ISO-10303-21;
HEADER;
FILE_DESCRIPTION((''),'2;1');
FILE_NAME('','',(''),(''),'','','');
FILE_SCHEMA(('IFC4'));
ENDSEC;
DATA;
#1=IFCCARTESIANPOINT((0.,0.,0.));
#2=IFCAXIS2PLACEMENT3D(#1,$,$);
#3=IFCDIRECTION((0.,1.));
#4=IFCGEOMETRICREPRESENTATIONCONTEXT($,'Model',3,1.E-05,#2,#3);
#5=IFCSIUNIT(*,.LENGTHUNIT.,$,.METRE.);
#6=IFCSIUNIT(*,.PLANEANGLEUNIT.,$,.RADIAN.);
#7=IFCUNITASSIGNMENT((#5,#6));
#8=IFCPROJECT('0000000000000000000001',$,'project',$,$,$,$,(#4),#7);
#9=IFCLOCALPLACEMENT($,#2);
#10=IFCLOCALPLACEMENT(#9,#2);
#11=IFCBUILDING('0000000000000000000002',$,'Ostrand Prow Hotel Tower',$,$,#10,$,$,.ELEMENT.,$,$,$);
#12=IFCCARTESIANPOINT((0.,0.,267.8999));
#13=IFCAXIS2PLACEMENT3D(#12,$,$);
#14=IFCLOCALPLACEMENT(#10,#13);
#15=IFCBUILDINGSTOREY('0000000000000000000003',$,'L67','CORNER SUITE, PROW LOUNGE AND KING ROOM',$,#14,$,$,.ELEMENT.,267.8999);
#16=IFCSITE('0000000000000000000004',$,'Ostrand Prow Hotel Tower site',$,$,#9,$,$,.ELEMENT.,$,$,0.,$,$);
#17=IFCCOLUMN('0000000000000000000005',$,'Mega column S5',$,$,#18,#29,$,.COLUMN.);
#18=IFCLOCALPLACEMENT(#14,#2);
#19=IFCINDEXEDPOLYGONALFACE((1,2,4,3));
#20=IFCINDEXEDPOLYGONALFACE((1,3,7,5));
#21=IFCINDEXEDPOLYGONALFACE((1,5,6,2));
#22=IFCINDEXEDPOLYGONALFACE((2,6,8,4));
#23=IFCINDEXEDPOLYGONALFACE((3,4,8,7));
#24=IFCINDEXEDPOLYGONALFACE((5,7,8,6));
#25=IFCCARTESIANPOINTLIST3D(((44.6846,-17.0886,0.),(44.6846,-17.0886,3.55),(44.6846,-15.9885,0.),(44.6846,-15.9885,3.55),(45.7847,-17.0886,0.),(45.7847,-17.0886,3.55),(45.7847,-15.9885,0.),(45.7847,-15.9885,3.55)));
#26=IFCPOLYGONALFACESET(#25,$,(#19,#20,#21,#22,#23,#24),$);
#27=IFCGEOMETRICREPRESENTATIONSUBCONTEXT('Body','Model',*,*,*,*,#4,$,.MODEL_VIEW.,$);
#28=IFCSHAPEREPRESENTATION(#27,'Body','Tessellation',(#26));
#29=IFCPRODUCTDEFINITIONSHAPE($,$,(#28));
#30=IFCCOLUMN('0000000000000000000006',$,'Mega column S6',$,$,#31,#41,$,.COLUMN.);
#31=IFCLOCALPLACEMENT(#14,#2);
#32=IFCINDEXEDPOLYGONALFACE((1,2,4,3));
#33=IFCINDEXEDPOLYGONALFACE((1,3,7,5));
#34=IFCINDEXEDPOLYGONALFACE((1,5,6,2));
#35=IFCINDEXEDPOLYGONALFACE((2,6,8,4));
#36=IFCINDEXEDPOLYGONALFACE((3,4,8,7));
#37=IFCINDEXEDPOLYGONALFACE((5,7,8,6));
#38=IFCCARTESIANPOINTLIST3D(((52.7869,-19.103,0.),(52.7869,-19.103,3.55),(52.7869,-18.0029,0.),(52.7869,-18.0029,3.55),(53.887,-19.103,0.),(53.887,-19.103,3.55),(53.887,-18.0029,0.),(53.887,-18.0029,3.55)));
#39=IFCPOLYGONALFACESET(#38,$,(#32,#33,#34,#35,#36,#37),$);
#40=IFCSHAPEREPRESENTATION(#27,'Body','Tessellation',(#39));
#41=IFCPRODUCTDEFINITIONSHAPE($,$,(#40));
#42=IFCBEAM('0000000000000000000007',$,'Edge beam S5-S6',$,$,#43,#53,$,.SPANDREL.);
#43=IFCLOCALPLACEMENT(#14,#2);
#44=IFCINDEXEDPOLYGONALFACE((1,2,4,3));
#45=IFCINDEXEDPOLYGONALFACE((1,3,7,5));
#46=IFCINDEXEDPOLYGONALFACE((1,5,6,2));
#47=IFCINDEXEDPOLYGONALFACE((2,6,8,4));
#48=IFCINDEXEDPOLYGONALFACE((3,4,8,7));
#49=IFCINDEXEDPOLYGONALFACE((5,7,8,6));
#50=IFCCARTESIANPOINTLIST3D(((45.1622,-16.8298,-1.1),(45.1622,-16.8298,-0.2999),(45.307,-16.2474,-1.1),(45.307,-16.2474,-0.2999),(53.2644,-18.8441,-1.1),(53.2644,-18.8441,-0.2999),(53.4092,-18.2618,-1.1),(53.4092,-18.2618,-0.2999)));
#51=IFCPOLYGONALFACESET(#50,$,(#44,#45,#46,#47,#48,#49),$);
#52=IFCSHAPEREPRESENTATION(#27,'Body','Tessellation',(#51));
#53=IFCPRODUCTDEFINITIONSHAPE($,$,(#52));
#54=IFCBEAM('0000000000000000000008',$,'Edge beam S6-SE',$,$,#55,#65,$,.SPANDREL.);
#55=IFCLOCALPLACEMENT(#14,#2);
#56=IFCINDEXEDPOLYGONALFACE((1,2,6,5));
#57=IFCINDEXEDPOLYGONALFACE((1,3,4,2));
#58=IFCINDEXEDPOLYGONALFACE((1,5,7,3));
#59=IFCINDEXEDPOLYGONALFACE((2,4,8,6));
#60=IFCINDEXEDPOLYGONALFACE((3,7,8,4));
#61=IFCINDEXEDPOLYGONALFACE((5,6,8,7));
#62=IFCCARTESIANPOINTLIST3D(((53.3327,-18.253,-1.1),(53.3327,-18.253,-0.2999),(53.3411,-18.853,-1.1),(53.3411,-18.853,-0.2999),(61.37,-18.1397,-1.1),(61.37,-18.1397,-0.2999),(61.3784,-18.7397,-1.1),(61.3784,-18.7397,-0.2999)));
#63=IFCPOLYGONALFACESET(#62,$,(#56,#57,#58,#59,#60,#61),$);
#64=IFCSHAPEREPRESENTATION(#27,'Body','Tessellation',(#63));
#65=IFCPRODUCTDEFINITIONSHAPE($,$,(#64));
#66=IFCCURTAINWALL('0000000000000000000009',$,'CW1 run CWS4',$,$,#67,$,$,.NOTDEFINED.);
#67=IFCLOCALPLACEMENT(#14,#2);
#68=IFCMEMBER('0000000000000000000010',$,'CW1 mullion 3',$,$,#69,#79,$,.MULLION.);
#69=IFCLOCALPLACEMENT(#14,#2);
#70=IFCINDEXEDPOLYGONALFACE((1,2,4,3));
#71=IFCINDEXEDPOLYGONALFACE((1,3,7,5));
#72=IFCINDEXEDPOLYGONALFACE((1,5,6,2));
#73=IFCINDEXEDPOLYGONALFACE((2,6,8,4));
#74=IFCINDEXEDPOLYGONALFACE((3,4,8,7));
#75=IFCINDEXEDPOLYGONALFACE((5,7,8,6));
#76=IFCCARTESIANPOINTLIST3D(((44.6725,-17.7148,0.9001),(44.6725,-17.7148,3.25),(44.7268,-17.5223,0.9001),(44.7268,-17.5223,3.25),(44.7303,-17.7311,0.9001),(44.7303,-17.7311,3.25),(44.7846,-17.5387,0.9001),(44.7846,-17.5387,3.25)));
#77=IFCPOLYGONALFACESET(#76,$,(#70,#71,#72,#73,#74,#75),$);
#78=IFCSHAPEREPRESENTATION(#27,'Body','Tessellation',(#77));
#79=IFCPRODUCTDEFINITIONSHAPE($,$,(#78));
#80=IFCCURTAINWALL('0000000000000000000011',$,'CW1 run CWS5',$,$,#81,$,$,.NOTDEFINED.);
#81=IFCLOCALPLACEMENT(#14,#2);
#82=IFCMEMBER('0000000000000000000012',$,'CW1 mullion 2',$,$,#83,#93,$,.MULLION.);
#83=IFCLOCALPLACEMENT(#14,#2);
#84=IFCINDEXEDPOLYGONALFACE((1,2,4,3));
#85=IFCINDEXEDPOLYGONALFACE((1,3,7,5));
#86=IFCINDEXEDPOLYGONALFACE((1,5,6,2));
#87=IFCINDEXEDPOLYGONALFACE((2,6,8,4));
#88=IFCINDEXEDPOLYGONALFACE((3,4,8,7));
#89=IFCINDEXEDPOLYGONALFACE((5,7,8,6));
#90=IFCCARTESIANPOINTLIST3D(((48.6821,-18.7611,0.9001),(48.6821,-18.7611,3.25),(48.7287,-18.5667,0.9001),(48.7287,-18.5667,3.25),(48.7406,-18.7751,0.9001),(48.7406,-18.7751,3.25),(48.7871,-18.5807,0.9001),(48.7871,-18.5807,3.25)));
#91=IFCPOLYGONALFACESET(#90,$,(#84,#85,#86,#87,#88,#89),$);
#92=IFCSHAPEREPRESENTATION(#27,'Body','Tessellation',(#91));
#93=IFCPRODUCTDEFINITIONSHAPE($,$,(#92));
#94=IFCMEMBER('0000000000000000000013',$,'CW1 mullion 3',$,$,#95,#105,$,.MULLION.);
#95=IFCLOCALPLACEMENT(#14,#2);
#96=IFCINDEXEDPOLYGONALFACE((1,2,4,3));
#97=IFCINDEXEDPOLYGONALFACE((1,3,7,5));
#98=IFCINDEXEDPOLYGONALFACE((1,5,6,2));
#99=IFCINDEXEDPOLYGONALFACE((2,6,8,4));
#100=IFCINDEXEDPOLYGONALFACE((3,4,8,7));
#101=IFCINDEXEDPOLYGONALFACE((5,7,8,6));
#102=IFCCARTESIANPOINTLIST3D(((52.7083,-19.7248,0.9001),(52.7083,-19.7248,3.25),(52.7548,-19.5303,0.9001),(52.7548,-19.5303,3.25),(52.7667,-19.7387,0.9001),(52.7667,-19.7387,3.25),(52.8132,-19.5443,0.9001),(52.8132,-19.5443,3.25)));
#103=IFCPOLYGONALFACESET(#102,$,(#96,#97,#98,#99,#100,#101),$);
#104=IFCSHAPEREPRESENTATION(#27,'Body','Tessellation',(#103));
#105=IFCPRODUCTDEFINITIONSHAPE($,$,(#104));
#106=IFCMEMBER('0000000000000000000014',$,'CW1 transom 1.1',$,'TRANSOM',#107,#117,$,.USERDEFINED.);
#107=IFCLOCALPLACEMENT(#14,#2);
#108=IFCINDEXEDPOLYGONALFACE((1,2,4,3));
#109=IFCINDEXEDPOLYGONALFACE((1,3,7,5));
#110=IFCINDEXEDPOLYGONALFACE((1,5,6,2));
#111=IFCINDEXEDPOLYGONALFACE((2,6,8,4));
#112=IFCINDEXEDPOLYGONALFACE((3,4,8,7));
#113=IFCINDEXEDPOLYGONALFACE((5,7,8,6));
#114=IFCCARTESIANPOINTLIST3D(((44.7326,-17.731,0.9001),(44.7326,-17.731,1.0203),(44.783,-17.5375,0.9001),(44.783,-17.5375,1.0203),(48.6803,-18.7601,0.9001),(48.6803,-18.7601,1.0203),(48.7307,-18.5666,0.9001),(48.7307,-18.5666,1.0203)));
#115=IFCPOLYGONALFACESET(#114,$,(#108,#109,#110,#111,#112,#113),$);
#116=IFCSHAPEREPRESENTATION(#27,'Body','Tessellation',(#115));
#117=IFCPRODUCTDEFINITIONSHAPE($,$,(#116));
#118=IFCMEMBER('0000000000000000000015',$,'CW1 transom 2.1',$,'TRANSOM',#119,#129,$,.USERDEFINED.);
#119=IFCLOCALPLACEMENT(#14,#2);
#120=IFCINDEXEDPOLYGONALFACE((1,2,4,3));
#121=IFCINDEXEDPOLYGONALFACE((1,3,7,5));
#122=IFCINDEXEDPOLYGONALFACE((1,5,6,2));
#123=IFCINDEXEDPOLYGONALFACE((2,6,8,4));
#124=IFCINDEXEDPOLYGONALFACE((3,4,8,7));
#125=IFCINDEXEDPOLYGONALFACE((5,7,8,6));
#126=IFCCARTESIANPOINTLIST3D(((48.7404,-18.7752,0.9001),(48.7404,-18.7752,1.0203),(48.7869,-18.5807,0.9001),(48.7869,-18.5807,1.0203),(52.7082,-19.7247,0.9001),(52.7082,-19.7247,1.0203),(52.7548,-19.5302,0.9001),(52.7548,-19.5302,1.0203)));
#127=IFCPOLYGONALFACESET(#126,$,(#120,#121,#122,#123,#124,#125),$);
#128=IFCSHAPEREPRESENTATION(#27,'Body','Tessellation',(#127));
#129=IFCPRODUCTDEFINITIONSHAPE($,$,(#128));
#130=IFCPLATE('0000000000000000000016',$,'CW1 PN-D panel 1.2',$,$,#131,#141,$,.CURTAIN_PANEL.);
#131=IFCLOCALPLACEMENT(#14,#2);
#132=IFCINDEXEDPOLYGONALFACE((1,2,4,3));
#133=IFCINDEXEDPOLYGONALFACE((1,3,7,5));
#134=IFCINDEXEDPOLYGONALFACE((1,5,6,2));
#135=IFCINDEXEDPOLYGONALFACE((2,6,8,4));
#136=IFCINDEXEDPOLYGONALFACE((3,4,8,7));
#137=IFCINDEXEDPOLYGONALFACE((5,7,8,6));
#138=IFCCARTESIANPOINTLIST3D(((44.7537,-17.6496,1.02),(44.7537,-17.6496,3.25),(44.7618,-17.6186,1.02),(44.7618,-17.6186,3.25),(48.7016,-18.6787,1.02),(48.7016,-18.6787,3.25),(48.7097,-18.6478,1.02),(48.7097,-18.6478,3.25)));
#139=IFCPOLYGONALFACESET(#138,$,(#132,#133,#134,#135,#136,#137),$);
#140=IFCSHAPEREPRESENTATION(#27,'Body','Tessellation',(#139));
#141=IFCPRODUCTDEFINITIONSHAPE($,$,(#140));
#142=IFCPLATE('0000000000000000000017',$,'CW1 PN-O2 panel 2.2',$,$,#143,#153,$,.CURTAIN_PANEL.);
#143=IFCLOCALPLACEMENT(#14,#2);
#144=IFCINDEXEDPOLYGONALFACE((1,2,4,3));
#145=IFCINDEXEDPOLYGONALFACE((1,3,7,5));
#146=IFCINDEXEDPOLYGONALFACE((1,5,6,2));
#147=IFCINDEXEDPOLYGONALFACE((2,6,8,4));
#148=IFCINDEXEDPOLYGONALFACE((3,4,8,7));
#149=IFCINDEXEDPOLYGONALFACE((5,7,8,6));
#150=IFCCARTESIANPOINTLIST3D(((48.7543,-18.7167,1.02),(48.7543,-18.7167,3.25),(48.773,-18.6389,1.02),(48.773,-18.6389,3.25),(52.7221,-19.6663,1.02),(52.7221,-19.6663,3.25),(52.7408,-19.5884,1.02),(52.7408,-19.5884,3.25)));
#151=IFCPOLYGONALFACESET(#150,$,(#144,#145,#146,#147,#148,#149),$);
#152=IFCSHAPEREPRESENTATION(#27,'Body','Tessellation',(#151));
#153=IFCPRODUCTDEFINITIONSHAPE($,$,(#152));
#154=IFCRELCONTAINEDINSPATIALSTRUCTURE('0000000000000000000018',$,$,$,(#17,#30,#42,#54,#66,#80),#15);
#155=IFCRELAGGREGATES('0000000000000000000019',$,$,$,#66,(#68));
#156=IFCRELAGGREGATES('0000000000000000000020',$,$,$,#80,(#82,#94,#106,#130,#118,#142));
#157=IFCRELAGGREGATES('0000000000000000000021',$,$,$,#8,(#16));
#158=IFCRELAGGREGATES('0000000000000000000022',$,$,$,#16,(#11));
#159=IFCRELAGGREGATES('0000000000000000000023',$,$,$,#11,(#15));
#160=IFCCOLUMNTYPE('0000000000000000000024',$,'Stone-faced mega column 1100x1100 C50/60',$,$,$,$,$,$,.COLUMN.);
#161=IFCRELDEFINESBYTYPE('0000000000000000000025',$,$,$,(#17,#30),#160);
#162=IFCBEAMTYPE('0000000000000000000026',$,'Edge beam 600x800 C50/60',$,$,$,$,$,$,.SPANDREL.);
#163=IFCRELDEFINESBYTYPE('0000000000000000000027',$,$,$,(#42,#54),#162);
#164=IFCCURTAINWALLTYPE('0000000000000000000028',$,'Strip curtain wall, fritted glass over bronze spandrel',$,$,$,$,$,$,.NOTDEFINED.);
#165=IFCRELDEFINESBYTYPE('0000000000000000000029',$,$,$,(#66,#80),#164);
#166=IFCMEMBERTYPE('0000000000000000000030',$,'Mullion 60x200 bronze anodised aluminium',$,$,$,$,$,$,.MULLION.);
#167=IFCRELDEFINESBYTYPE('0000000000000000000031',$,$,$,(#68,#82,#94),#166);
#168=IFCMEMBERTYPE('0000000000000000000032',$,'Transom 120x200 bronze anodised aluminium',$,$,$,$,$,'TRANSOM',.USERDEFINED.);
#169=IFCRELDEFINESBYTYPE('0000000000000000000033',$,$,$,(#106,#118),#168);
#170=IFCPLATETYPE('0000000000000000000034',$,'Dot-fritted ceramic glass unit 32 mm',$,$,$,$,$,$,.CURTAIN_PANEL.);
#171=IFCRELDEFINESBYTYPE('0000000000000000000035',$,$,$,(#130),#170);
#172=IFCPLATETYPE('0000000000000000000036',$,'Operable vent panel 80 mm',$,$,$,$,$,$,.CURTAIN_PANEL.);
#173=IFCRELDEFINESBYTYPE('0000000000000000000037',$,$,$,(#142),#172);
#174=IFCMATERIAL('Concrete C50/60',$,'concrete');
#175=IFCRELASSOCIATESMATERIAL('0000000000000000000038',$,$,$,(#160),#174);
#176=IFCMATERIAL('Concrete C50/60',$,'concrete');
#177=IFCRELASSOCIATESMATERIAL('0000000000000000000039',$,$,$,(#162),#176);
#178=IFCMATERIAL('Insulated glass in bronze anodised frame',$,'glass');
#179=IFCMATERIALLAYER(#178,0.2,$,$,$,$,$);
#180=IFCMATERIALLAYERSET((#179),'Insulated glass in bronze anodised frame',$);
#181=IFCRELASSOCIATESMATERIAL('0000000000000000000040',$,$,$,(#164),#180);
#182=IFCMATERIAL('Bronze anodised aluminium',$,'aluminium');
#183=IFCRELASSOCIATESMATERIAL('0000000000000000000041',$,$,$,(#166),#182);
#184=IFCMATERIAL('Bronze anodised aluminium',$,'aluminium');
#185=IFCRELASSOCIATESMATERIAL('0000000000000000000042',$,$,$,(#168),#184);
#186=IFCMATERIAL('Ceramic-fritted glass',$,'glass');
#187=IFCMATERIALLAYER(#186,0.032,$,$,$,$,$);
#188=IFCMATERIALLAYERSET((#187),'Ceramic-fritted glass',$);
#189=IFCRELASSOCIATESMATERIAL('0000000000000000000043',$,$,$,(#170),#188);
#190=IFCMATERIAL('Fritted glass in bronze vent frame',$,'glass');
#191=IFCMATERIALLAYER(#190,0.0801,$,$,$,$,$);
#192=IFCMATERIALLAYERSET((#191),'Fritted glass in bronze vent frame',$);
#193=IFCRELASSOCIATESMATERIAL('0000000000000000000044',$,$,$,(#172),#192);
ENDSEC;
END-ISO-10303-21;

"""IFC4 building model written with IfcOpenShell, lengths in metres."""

from ifc_helpers import new_model, si_unit, direction, frame, origin, origin_2d, place, context, subcontext, project, spatial, rectangle, extrude, material, layer, layer_set, material_profile, profile_set, type_object, element, aggregate, save


model = new_model("IFC4")

# Units and contexts
model_context = context("Model", 3, precision=1e-05, world=origin(), true_north=direction((0.0, 1.0)))
body_context = subcontext(model_context, "Body", "Model", "MODEL_VIEW")
ifc_project = project(units=[si_unit("LENGTHUNIT", "METRE"), si_unit("PLANEANGLEUNIT", "RADIAN")], contexts=[model_context])

# Site, building, storey
site_placement = place(None, origin())
site = spatial("IfcSite", under=ifc_project, at=site_placement, Name="Ostrand Prow Hotel Tower site", CompositionType="ELEMENT", RefElevation=0.0)
building_placement = place(site_placement, origin())
building = spatial("IfcBuilding", under=site, at=building_placement, Name="Ostrand Prow Hotel Tower", CompositionType="ELEMENT")
storey_placement = place(building_placement, frame((0.0, 0.0, 267.8999)))
storey = spatial("IfcBuildingStorey", under=building, at=storey_placement, Name="L67", Description="CORNER SUITE, PROW LOUNGE AND KING ROOM", CompositionType="ELEMENT", Elevation=267.8999)

# Columns
ifc_material_1 = material(Name="Concrete C50/60", Category="concrete")
ifc_material_profile_1 = material_profile(ifc_material_1, rectangle(XDim=1.1001, YDim=1.1001, at=origin_2d()), Name="RC 1100x1100")
ifc_profile_set_1 = profile_set([ifc_material_profile_1], Name="Concrete C50/60")
column_type = type_object("IfcColumnType", Name="Stone-faced mega column 1100x1100 C50/60", PredefinedType="COLUMN", material=ifc_profile_set_1)
for number, where, z_axis, x_axis, name in (
    (1, (45.2346, -16.5386, 0.0), (0.0, 0.0, 1.0), (1.0, 0.0, 0.0), "Mega column S5"),
    (2, (53.3369, -18.553, 0.0), (0.0, 0.0, 1.0), (1.0, 0.0, 0.0), "Mega column S6"),
):
    element("IfcColumn", number, at=place(storey_placement, frame(where, z_axis=z_axis, x_axis=x_axis)), inside=storey, type_object=column_type, Name=name, PredefinedType="COLUMN", context=body_context, shape_type="SweptSolid", body=[
        extrude(rectangle(XDim=1.1001, YDim=1.1001, at=origin_2d()), origin(), (0.0, 0.0, 1.0), 3.55),
    ])

# Beams
ifc_material_2 = material(Name="Concrete C50/60", Category="concrete")
ifc_material_profile_2 = material_profile(ifc_material_2, rectangle(XDim=0.6001, YDim=0.8, at=origin_2d()), Name="RC 600x800")
ifc_profile_set_2 = profile_set([ifc_material_profile_2], Name="Concrete C50/60")
beam_type = type_object("IfcBeamType", Name="Edge beam 600x800 C50/60", PredefinedType="SPANDREL", material=ifc_profile_set_2)
beam_1_placement = place(storey_placement, frame((45.2346, -16.5386, -0.7), z_axis=(0.970456, -0.241276, 0.0), x_axis=(0.241276, 0.970456, 0.0)))
element("IfcBeam", 3, at=beam_1_placement, inside=storey, type_object=beam_type, Name="Edge beam S5-S6", PredefinedType="SPANDREL", context=body_context, shape_type="SweptSolid", body=[
    extrude(rectangle(XDim=0.6001, YDim=0.8, at=origin_2d()), origin(), (0.0, 0.0, 1.0), 8.3489),
])
beam_2_placement = place(storey_placement, frame((53.3369, -18.553, -0.7), z_axis=(0.999901, 0.014093, 0.0), x_axis=(-0.014093, 0.999901, 0.0)))
element("IfcBeam", 4, at=beam_2_placement, inside=storey, type_object=beam_type, Name="Edge beam S6-SE", PredefinedType="SPANDREL", context=body_context, shape_type="SweptSolid", body=[
    extrude(rectangle(XDim=0.6001, YDim=0.8, at=origin_2d()), origin(), (0.0, 0.0, 1.0), 8.0381),
])

# Curtain wall, member
ifc_material_3 = material(Name="Insulated glass in bronze anodised frame", Category="glass")
ifc_layer_1 = layer(ifc_material_3, 0.2)
ifc_layer_set_1 = layer_set([ifc_layer_1], Name="Insulated glass in bronze anodised frame")
curtain_wall_type = type_object("IfcCurtainWallType", Name="Strip curtain wall, fritted glass over bronze spandrel", PredefinedType="NOTDEFINED", material=ifc_layer_set_1)
curtain_wall_1_placement = place(storey_placement, origin())
curtain_wall_1 = element("IfcCurtainWall", 5, at=curtain_wall_1_placement, inside=storey, type_object=curtain_wall_type, Name="CW1 run CWS4", PredefinedType="NOTDEFINED")
ifc_material_4 = material(Name="Bronze anodised aluminium", Category="aluminium")
ifc_material_profile_3 = material_profile(ifc_material_4, rectangle(XDim=0.2, YDim=0.0601, at=origin_2d()), Name="Mullion 60x200 bronze anodised aluminium")
ifc_profile_set_3 = profile_set([ifc_material_profile_3], Name="Bronze anodised aluminium")
member_type_1 = type_object("IfcMemberType", Name="Mullion 60x200 bronze anodised aluminium", PredefinedType="MULLION", material=ifc_profile_set_3)
member_1_placement = place(storey_placement, frame((44.7285, -17.6267, 0.9001), z_axis=(0.0, 0.0, 1.0), x_axis=(0.271649, 0.962396, 0.0)))
member_1 = element("IfcMember", 6, at=member_1_placement, type_object=member_type_1, Name="CW1 mullion 3", PredefinedType="MULLION", context=body_context, shape_type="SweptSolid", body=[
    extrude(rectangle(XDim=0.2, YDim=0.0601, at=origin_2d()), origin(), (0.0, 0.0, 1.0), 2.3499),
])
aggregate(curtain_wall_1, [member_1])

# Curtain wall, members, plates
curtain_wall_2_placement = place(storey_placement, origin())
curtain_wall_2 = element("IfcCurtainWall", 7, at=curtain_wall_2_placement, inside=storey, type_object=curtain_wall_type, Name="CW1 run CWS5", PredefinedType="NOTDEFINED")
member_2_placement = place(storey_placement, frame((48.7346, -18.6709, 0.9001), z_axis=(0.0, 0.0, 1.0), x_axis=(0.232746, 0.972538, 0.0)))
member_2 = element("IfcMember", 8, at=member_2_placement, type_object=member_type_1, Name="CW1 mullion 2", PredefinedType="MULLION", context=body_context, shape_type="SweptSolid", body=[
    extrude(rectangle(XDim=0.2, YDim=0.0601, at=origin_2d()), origin(), (0.0, 0.0, 1.0), 2.3499),
])
member_3_placement = place(storey_placement, frame((52.7607, -19.6345, 0.9001), z_axis=(0.0, 0.0, 1.0), x_axis=(0.232746, 0.972538, 0.0)))
member_3 = element("IfcMember", 9, at=member_3_placement, type_object=member_type_1, Name="CW1 mullion 3", PredefinedType="MULLION", context=body_context, shape_type="SweptSolid", body=[
    extrude(rectangle(XDim=0.2, YDim=0.0601, at=origin_2d()), origin(), (0.0, 0.0, 1.0), 2.3499),
])
ifc_material_5 = material(Name="Bronze anodised aluminium", Category="aluminium")
ifc_material_profile_4 = material_profile(ifc_material_5, rectangle(XDim=0.2, YDim=0.1201, at=origin_2d()), Name="Transom 120x200 bronze anodised aluminium")
ifc_profile_set_4 = profile_set([ifc_material_profile_4], Name="Bronze anodised aluminium")
member_type_2 = type_object("IfcMemberType", Name="Transom 120x200 bronze anodised aluminium", ElementType="TRANSOM", PredefinedType="USERDEFINED", material=ifc_profile_set_4)
member_4_placement = place(storey_placement, frame((44.7578, -17.6343, 0.9602), z_axis=(0.967665, -0.252239, 0.0), x_axis=(0.252239, 0.967665, 0.0)))
member_4 = element("IfcMember", 10, at=member_4_placement, type_object=member_type_2, Name="CW1 transom 1.1", ObjectType="TRANSOM", PredefinedType="USERDEFINED", context=body_context, shape_type="SweptSolid", body=[
    extrude(rectangle(XDim=0.2, YDim=0.1201, at=origin_2d()), origin(), (0.0, 0.0, 1.0), 4.0796),
])
member_5_placement = place(storey_placement, frame((48.7637, -18.678, 0.9602), z_axis=(0.972543, -0.232723, 0.0), x_axis=(0.232723, 0.972543, 0.0)))
member_5 = element("IfcMember", 11, at=member_5_placement, type_object=member_type_2, Name="CW1 transom 2.1", ObjectType="TRANSOM", PredefinedType="USERDEFINED", context=body_context, shape_type="SweptSolid", body=[
    extrude(rectangle(XDim=0.2, YDim=0.1201, at=origin_2d()), origin(), (0.0, 0.0, 1.0), 4.0798),
])
ifc_material_6 = material(Name="Ceramic-fritted glass", Category="glass")
ifc_layer_2 = layer(ifc_material_6, 0.032)
ifc_layer_set_2 = layer_set([ifc_layer_2], Name="Ceramic-fritted glass")
plate_type_1 = type_object("IfcPlateType", Name="Dot-fritted ceramic glass unit 32 mm", PredefinedType="CURTAIN_PANEL", material=ifc_layer_set_2)
plate_1_placement = place(storey_placement, frame((46.7317, -18.1487, 1.02), z_axis=(0.0, 0.0, 1.0), x_axis=(0.967663, -0.252248, 0.0)))
plate_1 = element("IfcPlate", 12, at=plate_1_placement, type_object=plate_type_1, Name="CW1 PN-D panel 1.2", PredefinedType="CURTAIN_PANEL", context=body_context, shape_type="SweptSolid", body=[
    extrude(rectangle(XDim=4.0798, YDim=0.032, at=origin_2d()), origin(), (0.0, 0.0, 1.0), 2.23),
])
ifc_material_7 = material(Name="Fritted glass in bronze vent frame", Category="glass")
ifc_layer_3 = layer(ifc_material_7, 0.0801)
ifc_layer_set_3 = layer_set([ifc_layer_3], Name="Fritted glass in bronze vent frame")
plate_type_2 = type_object("IfcPlateType", Name="Operable vent panel 80 mm", PredefinedType="CURTAIN_PANEL", material=ifc_layer_set_3)
plate_2_placement = place(storey_placement, frame((50.7476, -19.1526, 1.02), z_axis=(0.0, 0.0, 1.0), x_axis=(0.972538, -0.232746, 0.0)))
plate_2 = element("IfcPlate", 13, at=plate_2_placement, type_object=plate_type_2, Name="CW1 PN-O2 panel 2.2", PredefinedType="CURTAIN_PANEL", context=body_context, shape_type="SweptSolid", body=[
    extrude(rectangle(XDim=4.0798, YDim=0.0801, at=origin_2d()), origin(), (0.0, 0.0, 1.0), 2.23),
])
aggregate(curtain_wall_2, [member_2, member_3, member_4, plate_1, member_5, plate_2])

save(model, "model.ifc")
